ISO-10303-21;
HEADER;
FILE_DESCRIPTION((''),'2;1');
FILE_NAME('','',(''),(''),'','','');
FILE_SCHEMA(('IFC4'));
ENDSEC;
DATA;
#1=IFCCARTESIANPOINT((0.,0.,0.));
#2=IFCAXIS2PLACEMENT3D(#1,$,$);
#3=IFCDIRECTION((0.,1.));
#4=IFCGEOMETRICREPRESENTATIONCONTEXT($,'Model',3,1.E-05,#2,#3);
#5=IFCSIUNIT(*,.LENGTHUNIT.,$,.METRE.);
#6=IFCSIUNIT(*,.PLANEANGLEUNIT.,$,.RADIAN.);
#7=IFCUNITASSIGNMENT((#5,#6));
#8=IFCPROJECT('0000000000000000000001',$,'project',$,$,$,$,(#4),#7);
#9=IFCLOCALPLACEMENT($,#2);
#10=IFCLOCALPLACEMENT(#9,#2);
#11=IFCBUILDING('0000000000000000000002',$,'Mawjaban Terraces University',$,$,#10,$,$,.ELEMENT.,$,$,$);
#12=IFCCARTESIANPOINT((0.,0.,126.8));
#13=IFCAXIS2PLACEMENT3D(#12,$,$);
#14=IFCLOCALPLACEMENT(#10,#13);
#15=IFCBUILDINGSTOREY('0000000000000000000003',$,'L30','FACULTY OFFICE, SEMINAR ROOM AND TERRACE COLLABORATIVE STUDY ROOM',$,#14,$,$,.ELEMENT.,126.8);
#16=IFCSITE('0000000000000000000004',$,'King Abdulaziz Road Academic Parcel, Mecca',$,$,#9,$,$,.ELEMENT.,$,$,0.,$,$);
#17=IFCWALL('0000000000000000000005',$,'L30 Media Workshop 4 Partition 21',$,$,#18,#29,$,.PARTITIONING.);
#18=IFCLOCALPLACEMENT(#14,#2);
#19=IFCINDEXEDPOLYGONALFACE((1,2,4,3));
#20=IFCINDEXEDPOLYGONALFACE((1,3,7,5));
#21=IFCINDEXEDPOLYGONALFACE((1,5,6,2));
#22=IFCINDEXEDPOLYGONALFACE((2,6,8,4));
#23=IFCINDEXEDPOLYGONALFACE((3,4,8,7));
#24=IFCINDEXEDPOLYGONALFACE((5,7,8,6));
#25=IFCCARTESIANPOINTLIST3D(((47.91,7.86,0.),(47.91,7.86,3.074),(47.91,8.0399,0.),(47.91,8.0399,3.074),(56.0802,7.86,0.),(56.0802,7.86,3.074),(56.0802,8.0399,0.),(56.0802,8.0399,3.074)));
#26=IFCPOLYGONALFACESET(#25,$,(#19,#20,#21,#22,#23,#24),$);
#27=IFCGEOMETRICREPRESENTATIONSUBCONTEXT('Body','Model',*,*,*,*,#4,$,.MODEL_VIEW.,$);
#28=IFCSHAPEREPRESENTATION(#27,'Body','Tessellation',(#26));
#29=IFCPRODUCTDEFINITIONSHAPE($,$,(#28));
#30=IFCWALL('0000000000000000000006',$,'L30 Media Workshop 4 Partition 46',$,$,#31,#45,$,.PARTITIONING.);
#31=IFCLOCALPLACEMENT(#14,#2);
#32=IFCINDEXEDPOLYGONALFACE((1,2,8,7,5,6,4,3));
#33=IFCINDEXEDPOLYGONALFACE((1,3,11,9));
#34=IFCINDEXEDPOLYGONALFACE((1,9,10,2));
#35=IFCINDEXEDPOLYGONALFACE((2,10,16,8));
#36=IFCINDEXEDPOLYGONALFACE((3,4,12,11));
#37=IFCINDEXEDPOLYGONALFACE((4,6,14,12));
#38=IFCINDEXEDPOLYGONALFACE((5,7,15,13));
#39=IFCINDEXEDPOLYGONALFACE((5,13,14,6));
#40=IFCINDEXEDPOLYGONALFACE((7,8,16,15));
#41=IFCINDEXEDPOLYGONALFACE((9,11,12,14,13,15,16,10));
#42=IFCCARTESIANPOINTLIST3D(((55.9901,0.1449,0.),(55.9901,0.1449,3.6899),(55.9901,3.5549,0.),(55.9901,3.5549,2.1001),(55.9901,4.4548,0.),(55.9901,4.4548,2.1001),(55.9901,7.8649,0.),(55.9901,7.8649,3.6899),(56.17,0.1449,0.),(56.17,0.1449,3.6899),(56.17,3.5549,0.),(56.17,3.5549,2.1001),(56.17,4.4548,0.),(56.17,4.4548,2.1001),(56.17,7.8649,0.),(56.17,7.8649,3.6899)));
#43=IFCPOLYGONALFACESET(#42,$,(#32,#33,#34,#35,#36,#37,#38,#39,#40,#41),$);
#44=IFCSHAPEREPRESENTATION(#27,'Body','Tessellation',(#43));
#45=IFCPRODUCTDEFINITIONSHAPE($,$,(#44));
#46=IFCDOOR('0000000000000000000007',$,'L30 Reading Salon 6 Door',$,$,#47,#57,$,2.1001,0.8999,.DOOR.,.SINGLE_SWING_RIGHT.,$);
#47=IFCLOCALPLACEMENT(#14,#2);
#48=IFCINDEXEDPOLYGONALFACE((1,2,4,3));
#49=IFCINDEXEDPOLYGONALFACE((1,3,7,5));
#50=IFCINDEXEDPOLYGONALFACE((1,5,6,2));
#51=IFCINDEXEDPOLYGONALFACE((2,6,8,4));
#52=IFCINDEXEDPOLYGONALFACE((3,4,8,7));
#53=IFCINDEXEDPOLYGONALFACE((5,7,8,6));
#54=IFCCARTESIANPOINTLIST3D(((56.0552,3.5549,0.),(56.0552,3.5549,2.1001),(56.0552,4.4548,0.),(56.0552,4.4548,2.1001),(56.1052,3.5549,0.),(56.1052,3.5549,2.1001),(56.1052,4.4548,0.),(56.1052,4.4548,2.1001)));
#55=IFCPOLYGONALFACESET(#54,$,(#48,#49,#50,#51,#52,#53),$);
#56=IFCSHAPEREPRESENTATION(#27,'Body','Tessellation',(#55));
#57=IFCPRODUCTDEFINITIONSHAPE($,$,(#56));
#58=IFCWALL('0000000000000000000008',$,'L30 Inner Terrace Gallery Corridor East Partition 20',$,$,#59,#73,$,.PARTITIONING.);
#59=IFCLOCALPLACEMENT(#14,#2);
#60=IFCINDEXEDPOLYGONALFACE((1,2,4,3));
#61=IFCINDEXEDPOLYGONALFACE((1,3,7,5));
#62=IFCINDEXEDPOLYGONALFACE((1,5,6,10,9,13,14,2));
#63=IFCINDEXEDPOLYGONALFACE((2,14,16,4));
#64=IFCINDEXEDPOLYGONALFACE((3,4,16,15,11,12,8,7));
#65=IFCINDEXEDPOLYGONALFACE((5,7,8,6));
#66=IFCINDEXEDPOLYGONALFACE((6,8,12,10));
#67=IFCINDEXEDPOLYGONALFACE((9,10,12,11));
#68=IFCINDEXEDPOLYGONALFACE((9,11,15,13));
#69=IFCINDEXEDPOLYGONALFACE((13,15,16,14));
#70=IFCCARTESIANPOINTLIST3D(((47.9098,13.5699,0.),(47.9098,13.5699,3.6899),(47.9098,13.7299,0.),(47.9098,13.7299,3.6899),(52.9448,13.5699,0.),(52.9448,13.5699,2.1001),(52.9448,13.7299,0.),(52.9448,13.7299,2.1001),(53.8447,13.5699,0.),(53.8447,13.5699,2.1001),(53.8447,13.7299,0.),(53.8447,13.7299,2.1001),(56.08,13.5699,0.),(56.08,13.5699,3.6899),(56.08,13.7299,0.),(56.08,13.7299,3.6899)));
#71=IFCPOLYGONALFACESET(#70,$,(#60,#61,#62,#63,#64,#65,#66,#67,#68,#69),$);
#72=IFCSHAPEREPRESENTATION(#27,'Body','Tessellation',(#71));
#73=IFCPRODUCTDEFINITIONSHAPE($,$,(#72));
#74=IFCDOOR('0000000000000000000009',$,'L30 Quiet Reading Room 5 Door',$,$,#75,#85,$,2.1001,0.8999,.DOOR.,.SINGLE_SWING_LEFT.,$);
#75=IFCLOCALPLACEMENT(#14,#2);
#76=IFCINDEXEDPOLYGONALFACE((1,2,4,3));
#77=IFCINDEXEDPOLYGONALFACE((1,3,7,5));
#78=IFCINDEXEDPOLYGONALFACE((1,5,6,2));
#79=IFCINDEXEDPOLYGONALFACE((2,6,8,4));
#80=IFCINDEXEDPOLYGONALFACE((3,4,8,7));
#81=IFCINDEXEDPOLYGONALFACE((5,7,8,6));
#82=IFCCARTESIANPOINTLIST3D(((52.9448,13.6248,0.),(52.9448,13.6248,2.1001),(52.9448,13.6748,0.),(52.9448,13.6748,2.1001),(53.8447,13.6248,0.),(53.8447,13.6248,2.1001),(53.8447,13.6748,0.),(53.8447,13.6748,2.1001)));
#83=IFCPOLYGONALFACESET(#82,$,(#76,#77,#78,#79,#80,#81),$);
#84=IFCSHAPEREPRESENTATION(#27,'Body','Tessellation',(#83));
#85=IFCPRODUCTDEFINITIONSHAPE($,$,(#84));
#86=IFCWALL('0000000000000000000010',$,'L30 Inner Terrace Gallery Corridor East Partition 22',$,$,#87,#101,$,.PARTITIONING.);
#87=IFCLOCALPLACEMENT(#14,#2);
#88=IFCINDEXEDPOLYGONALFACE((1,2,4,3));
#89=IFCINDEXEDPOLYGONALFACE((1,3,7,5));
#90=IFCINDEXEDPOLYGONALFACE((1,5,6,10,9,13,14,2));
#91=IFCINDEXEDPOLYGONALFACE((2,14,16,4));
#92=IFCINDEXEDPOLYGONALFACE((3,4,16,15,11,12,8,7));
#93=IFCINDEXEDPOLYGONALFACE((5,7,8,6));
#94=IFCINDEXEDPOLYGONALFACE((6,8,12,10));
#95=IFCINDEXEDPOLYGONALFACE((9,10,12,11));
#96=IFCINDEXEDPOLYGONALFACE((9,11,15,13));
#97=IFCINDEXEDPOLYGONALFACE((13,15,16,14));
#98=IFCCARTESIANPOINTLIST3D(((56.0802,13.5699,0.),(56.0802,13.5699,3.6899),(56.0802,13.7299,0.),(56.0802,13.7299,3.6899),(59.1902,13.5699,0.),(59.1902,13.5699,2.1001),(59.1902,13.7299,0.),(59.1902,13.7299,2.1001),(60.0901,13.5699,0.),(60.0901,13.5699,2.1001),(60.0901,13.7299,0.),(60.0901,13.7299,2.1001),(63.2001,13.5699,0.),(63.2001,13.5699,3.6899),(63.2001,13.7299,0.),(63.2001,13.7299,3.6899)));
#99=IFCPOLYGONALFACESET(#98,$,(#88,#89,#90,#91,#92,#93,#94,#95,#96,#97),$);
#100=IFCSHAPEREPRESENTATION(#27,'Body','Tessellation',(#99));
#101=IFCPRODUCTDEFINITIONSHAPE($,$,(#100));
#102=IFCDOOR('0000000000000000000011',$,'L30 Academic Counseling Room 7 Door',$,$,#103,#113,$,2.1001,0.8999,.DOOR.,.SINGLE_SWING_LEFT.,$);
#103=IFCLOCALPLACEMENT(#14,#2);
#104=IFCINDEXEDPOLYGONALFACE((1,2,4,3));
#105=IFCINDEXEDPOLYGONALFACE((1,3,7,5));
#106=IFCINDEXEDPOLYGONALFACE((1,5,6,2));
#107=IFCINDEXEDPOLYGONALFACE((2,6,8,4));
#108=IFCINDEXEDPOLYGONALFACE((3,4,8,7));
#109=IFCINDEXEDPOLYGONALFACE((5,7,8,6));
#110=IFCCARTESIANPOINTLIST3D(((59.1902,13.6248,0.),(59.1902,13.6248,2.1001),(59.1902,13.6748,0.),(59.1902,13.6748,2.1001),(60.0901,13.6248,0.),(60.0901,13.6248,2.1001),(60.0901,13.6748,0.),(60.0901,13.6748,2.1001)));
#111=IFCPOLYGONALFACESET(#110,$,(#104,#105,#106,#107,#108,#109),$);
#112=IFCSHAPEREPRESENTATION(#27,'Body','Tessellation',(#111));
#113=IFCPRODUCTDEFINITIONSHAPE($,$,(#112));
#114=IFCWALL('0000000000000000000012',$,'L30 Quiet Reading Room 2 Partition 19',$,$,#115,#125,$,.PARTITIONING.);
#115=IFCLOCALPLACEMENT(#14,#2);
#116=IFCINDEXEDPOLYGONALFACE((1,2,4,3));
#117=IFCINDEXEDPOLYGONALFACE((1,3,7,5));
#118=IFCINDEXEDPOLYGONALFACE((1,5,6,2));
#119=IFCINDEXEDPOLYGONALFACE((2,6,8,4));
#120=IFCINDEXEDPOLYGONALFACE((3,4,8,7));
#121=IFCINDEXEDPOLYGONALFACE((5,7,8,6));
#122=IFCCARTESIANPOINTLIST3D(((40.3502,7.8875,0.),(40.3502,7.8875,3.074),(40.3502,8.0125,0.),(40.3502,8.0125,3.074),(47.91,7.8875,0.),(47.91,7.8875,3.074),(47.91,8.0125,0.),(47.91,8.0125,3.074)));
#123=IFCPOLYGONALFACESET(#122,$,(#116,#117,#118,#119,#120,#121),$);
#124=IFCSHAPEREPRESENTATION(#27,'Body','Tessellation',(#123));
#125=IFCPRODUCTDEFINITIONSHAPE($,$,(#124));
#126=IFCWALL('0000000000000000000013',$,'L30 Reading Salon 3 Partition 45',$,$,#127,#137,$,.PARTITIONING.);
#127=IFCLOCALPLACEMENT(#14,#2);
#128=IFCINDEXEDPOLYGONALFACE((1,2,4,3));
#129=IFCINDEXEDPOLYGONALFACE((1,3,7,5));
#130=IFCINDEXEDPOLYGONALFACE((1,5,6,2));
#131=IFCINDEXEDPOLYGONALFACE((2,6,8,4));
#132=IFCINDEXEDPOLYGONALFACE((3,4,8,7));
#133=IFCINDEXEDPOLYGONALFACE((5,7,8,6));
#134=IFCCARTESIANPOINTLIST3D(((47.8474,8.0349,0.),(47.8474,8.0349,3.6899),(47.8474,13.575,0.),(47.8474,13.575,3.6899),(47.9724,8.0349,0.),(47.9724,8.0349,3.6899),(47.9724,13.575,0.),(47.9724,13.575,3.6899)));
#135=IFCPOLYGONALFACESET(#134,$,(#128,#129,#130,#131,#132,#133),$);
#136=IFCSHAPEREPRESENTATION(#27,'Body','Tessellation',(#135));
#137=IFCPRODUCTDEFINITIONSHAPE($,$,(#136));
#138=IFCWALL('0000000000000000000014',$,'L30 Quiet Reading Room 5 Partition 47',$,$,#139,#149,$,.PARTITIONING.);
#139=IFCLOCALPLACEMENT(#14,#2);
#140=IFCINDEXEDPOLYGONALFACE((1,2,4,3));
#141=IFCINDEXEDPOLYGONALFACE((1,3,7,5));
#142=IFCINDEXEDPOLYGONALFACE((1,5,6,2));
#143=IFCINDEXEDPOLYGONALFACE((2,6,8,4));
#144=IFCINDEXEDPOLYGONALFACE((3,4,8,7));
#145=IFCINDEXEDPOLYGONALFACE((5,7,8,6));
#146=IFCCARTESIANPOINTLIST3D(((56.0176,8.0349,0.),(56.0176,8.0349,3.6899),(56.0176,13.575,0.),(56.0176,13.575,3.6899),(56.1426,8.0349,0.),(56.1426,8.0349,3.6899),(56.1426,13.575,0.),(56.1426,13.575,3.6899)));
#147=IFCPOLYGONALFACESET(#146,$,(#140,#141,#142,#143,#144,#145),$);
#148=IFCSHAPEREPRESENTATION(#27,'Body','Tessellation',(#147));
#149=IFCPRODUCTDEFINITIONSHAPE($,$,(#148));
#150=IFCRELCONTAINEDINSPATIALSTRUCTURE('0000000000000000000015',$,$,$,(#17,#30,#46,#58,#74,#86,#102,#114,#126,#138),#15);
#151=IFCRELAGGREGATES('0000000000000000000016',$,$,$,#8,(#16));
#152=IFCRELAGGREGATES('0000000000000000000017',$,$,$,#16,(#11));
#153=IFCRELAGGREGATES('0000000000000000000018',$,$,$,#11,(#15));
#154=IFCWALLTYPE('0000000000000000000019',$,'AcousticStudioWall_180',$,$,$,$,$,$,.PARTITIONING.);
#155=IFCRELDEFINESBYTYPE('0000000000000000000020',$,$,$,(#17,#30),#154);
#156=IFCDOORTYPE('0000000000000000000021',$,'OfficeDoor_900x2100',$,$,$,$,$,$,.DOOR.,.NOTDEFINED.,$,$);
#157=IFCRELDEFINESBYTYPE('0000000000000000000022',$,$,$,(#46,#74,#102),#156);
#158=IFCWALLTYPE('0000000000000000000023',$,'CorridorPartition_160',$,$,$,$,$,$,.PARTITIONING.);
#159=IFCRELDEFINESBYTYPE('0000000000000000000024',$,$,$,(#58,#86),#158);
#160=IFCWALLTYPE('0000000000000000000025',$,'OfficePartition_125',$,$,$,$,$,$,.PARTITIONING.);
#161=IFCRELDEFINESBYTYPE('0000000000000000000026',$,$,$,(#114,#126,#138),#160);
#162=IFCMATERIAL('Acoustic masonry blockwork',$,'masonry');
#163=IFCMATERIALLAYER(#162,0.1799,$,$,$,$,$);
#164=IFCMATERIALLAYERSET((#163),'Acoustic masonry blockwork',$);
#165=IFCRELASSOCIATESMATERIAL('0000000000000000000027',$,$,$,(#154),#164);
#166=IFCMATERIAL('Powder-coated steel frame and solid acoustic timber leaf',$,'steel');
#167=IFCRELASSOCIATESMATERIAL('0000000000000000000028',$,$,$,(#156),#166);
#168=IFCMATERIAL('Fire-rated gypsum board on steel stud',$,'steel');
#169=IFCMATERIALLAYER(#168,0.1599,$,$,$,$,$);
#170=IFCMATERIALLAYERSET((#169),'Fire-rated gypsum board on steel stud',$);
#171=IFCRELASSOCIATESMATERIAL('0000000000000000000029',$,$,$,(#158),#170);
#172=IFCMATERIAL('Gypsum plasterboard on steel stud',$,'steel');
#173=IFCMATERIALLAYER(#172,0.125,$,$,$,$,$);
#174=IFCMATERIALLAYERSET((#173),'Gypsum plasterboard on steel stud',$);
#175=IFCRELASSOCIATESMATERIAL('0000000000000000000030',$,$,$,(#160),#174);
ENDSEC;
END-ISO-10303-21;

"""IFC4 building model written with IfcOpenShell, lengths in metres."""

from ifc_helpers import new_model, si_unit, direction, frame, frame_2d, origin, place, context, subcontext, project, spatial, rectangle, extrude, material, layer, layer_set, type_object, element, fill, save


model = new_model("IFC4")

# Units and contexts
model_context = context("Model", 3, precision=1e-05, world=origin(), true_north=direction((0.0, 1.0)))
body_context = subcontext(model_context, "Body", "Model", "MODEL_VIEW")
ifc_project = project(units=[si_unit("LENGTHUNIT", "METRE"), si_unit("PLANEANGLEUNIT", "RADIAN")], contexts=[model_context])

# Site, building, storey
site_placement = place(None, origin())
site = spatial("IfcSite", under=ifc_project, at=site_placement, Name="King Abdulaziz Road Academic Parcel, Mecca", CompositionType="ELEMENT", RefElevation=0.0)
building_placement = place(site_placement, origin())
building = spatial("IfcBuilding", under=site, at=building_placement, Name="Mawjaban Terraces University", CompositionType="ELEMENT")
storey_placement = place(building_placement, frame((0.0, 0.0, 126.8)))
storey = spatial("IfcBuildingStorey", under=building, at=storey_placement, Name="L30", Description="FACULTY OFFICE, SEMINAR ROOM AND TERRACE COLLABORATIVE STUDY ROOM", CompositionType="ELEMENT", Elevation=126.8)

# Wall
ifc_material_1 = material(Name="Acoustic masonry blockwork", Category="masonry")
ifc_layer_1 = layer(ifc_material_1, 0.1799)
ifc_layer_set_1 = layer_set([ifc_layer_1], Name="Acoustic masonry blockwork")
wall_type_1 = type_object("IfcWallType", Name="AcousticStudioWall_180", PredefinedType="PARTITIONING", material=ifc_layer_set_1)
wall_1_placement = place(storey_placement, frame((56.0801, 7.95, 0.0), z_axis=(0.0, 0.0, 1.0), x_axis=(-1.0, 0.0, 0.0)))
element("IfcWall", 1, at=wall_1_placement, inside=storey, type_object=wall_type_1, Name="L30 Media Workshop 4 Partition 21", PredefinedType="PARTITIONING", context=body_context, shape_type="SweptSolid", body=[
    extrude(rectangle(XDim=8.1702, YDim=0.1799, at=frame_2d((4.085, 0.0))), origin(), (0.0, 0.0, 1.0), 3.074),
])

# Walls, openings, doors
wall_2_placement = place(storey_placement, frame((56.0801, 0.145, 0.0), z_axis=(0.0, 0.0, 1.0), x_axis=(0.0, 1.0, 0.0)))
wall_2 = element("IfcWall", 2, at=wall_2_placement, inside=storey, type_object=wall_type_1, Name="L30 Media Workshop 4 Partition 46", PredefinedType="PARTITIONING", context=body_context, shape_type="SweptSolid", body=[
    extrude(rectangle(XDim=7.72, YDim=0.1799, at=frame_2d((3.8599, 0.0))), origin(), (0.0, 0.0, 1.0), 3.6899),
])
opening_1_placement = place(wall_2_placement, frame((3.4099, 0.0, 0.0)))
opening_1 = element("IfcOpeningElement", 3, at=opening_1_placement, cuts=wall_2, PredefinedType="OPENING", context=body_context, shape_type="SweptSolid", body=[
    extrude(rectangle(XDim=0.8999, YDim=2.1001, at=frame_2d((0.45, 1.05))), frame((0.0, 0.0999, 0.0), z_axis=(0.0, -1.0, 0.0), x_axis=(1.0, 0.0, 0.0)), (0.0, 0.0, 1.0), 0.2),
])
ifc_material_2 = material(Name="Powder-coated steel frame and solid acoustic timber leaf", Category="steel")
door_type = type_object("IfcDoorType", Name="OfficeDoor_900x2100", OperationType="NOTDEFINED", PredefinedType="DOOR", material=ifc_material_2)
door_1_placement = place(opening_1_placement, origin())
door_1 = element("IfcDoor", 4, at=door_1_placement, inside=storey, type_object=door_type, Name="L30 Reading Salon 6 Door", OperationType="SINGLE_SWING_RIGHT", OverallHeight=2.1001, OverallWidth=0.8999, PredefinedType="DOOR", context=body_context, shape_type="SweptSolid", body=[
    extrude(rectangle(XDim=0.8999, YDim=2.1001, at=frame_2d((0.45, 1.05))), frame((0.0, 0.0249, 0.0), z_axis=(0.0, -1.0, 0.0), x_axis=(1.0, 0.0, 0.0)), (0.0, 0.0, 1.0), 0.05),
])
fill(opening_1, door_1)
ifc_material_3 = material(Name="Fire-rated gypsum board on steel stud", Category="steel")
ifc_layer_2 = layer(ifc_material_3, 0.1599)
ifc_layer_set_2 = layer_set([ifc_layer_2], Name="Fire-rated gypsum board on steel stud")
wall_type_2 = type_object("IfcWallType", Name="CorridorPartition_160", PredefinedType="PARTITIONING", material=ifc_layer_set_2)
wall_3_placement = place(storey_placement, frame((47.9099, 13.6499, 0.0), z_axis=(0.0, 0.0, 1.0), x_axis=(1.0, 0.0, 0.0)))
wall_3 = element("IfcWall", 5, at=wall_3_placement, inside=storey, type_object=wall_type_2, Name="L30 Inner Terrace Gallery Corridor East Partition 20", PredefinedType="PARTITIONING", context=body_context, shape_type="SweptSolid", body=[
    extrude(rectangle(XDim=8.1702, YDim=0.1599, at=frame_2d((4.085, 0.0))), origin(), (0.0, 0.0, 1.0), 3.6899),
])
opening_2_placement = place(wall_3_placement, frame((5.0349, 0.0, 0.0)))
opening_2 = element("IfcOpeningElement", 6, at=opening_2_placement, cuts=wall_3, PredefinedType="OPENING", context=body_context, shape_type="SweptSolid", body=[
    extrude(rectangle(XDim=0.8999, YDim=2.1001, at=frame_2d((0.45, 1.05))), frame((0.0, 0.0898, 0.0), z_axis=(0.0, -1.0, 0.0), x_axis=(1.0, 0.0, 0.0)), (0.0, 0.0, 1.0), 0.1799),
])
door_2_placement = place(opening_2_placement, origin())
door_2 = element("IfcDoor", 7, at=door_2_placement, inside=storey, type_object=door_type, Name="L30 Quiet Reading Room 5 Door", OperationType="SINGLE_SWING_LEFT", OverallHeight=2.1001, OverallWidth=0.8999, PredefinedType="DOOR", context=body_context, shape_type="SweptSolid", body=[
    extrude(rectangle(XDim=0.8999, YDim=2.1001, at=frame_2d((0.45, 1.05))), frame((0.0, 0.0249, 0.0), z_axis=(0.0, -1.0, 0.0), x_axis=(1.0, 0.0, 0.0)), (0.0, 0.0, 1.0), 0.05),
])
fill(opening_2, door_2)
wall_4_placement = place(storey_placement, frame((56.0801, 13.6499, 0.0), z_axis=(0.0, 0.0, 1.0), x_axis=(1.0, 0.0, 0.0)))
wall_4 = element("IfcWall", 8, at=wall_4_placement, inside=storey, type_object=wall_type_2, Name="L30 Inner Terrace Gallery Corridor East Partition 22", PredefinedType="PARTITIONING", context=body_context, shape_type="SweptSolid", body=[
    extrude(rectangle(XDim=7.1199, YDim=0.1599, at=frame_2d((3.5601, 0.0))), origin(), (0.0, 0.0, 1.0), 3.6899),
])
opening_3_placement = place(wall_4_placement, frame((3.1101, 0.0, 0.0)))
opening_3 = element("IfcOpeningElement", 9, at=opening_3_placement, cuts=wall_4, PredefinedType="OPENING", context=body_context, shape_type="SweptSolid", body=[
    extrude(rectangle(XDim=0.8999, YDim=2.1001, at=frame_2d((0.45, 1.05))), frame((0.0, 0.0898, 0.0), z_axis=(0.0, -1.0, 0.0), x_axis=(1.0, 0.0, 0.0)), (0.0, 0.0, 1.0), 0.1799),
])
door_3_placement = place(opening_3_placement, origin())
door_3 = element("IfcDoor", 10, at=door_3_placement, inside=storey, type_object=door_type, Name="L30 Academic Counseling Room 7 Door", OperationType="SINGLE_SWING_LEFT", OverallHeight=2.1001, OverallWidth=0.8999, PredefinedType="DOOR", context=body_context, shape_type="SweptSolid", body=[
    extrude(rectangle(XDim=0.8999, YDim=2.1001, at=frame_2d((0.45, 1.05))), frame((0.0, 0.0249, 0.0), z_axis=(0.0, -1.0, 0.0), x_axis=(1.0, 0.0, 0.0)), (0.0, 0.0, 1.0), 0.05),
])
fill(opening_3, door_3)

# Walls
ifc_material_4 = material(Name="Gypsum plasterboard on steel stud", Category="steel")
ifc_layer_3 = layer(ifc_material_4, 0.125)
ifc_layer_set_3 = layer_set([ifc_layer_3], Name="Gypsum plasterboard on steel stud")
wall_type_3 = type_object("IfcWallType", Name="OfficePartition_125", PredefinedType="PARTITIONING", material=ifc_layer_set_3)
wall_5_placement = place(storey_placement, frame((47.9099, 7.95, 0.0), z_axis=(0.0, 0.0, 1.0), x_axis=(-1.0, 0.0, 0.0)))
element("IfcWall", 11, at=wall_5_placement, inside=storey, type_object=wall_type_3, Name="L30 Quiet Reading Room 2 Partition 19", PredefinedType="PARTITIONING", context=body_context, shape_type="SweptSolid", body=[
    extrude(rectangle(XDim=7.5598, YDim=0.125, at=frame_2d((3.7798, 0.0))), origin(), (0.0, 0.0, 1.0), 3.074),
])
for number, where, z_axis, x_axis, name in (
    (12, (47.9099, 8.0349, 0.0), (0.0, 0.0, 1.0), (0.0, 1.0, 0.0), "L30 Reading Salon 3 Partition 45"),
    (13, (56.0801, 8.0349, 0.0), (0.0, 0.0, 1.0), (0.0, 1.0, 0.0), "L30 Quiet Reading Room 5 Partition 47"),
):
    element("IfcWall", number, at=place(storey_placement, frame(where, z_axis=z_axis, x_axis=x_axis)), inside=storey, type_object=wall_type_3, Name=name, PredefinedType="PARTITIONING", context=body_context, shape_type="SweptSolid", body=[
        extrude(rectangle(XDim=5.54, YDim=0.125, at=frame_2d((2.77, 0.0))), origin(), (0.0, 0.0, 1.0), 3.6899),
    ])

save(model, "model.ifc")
